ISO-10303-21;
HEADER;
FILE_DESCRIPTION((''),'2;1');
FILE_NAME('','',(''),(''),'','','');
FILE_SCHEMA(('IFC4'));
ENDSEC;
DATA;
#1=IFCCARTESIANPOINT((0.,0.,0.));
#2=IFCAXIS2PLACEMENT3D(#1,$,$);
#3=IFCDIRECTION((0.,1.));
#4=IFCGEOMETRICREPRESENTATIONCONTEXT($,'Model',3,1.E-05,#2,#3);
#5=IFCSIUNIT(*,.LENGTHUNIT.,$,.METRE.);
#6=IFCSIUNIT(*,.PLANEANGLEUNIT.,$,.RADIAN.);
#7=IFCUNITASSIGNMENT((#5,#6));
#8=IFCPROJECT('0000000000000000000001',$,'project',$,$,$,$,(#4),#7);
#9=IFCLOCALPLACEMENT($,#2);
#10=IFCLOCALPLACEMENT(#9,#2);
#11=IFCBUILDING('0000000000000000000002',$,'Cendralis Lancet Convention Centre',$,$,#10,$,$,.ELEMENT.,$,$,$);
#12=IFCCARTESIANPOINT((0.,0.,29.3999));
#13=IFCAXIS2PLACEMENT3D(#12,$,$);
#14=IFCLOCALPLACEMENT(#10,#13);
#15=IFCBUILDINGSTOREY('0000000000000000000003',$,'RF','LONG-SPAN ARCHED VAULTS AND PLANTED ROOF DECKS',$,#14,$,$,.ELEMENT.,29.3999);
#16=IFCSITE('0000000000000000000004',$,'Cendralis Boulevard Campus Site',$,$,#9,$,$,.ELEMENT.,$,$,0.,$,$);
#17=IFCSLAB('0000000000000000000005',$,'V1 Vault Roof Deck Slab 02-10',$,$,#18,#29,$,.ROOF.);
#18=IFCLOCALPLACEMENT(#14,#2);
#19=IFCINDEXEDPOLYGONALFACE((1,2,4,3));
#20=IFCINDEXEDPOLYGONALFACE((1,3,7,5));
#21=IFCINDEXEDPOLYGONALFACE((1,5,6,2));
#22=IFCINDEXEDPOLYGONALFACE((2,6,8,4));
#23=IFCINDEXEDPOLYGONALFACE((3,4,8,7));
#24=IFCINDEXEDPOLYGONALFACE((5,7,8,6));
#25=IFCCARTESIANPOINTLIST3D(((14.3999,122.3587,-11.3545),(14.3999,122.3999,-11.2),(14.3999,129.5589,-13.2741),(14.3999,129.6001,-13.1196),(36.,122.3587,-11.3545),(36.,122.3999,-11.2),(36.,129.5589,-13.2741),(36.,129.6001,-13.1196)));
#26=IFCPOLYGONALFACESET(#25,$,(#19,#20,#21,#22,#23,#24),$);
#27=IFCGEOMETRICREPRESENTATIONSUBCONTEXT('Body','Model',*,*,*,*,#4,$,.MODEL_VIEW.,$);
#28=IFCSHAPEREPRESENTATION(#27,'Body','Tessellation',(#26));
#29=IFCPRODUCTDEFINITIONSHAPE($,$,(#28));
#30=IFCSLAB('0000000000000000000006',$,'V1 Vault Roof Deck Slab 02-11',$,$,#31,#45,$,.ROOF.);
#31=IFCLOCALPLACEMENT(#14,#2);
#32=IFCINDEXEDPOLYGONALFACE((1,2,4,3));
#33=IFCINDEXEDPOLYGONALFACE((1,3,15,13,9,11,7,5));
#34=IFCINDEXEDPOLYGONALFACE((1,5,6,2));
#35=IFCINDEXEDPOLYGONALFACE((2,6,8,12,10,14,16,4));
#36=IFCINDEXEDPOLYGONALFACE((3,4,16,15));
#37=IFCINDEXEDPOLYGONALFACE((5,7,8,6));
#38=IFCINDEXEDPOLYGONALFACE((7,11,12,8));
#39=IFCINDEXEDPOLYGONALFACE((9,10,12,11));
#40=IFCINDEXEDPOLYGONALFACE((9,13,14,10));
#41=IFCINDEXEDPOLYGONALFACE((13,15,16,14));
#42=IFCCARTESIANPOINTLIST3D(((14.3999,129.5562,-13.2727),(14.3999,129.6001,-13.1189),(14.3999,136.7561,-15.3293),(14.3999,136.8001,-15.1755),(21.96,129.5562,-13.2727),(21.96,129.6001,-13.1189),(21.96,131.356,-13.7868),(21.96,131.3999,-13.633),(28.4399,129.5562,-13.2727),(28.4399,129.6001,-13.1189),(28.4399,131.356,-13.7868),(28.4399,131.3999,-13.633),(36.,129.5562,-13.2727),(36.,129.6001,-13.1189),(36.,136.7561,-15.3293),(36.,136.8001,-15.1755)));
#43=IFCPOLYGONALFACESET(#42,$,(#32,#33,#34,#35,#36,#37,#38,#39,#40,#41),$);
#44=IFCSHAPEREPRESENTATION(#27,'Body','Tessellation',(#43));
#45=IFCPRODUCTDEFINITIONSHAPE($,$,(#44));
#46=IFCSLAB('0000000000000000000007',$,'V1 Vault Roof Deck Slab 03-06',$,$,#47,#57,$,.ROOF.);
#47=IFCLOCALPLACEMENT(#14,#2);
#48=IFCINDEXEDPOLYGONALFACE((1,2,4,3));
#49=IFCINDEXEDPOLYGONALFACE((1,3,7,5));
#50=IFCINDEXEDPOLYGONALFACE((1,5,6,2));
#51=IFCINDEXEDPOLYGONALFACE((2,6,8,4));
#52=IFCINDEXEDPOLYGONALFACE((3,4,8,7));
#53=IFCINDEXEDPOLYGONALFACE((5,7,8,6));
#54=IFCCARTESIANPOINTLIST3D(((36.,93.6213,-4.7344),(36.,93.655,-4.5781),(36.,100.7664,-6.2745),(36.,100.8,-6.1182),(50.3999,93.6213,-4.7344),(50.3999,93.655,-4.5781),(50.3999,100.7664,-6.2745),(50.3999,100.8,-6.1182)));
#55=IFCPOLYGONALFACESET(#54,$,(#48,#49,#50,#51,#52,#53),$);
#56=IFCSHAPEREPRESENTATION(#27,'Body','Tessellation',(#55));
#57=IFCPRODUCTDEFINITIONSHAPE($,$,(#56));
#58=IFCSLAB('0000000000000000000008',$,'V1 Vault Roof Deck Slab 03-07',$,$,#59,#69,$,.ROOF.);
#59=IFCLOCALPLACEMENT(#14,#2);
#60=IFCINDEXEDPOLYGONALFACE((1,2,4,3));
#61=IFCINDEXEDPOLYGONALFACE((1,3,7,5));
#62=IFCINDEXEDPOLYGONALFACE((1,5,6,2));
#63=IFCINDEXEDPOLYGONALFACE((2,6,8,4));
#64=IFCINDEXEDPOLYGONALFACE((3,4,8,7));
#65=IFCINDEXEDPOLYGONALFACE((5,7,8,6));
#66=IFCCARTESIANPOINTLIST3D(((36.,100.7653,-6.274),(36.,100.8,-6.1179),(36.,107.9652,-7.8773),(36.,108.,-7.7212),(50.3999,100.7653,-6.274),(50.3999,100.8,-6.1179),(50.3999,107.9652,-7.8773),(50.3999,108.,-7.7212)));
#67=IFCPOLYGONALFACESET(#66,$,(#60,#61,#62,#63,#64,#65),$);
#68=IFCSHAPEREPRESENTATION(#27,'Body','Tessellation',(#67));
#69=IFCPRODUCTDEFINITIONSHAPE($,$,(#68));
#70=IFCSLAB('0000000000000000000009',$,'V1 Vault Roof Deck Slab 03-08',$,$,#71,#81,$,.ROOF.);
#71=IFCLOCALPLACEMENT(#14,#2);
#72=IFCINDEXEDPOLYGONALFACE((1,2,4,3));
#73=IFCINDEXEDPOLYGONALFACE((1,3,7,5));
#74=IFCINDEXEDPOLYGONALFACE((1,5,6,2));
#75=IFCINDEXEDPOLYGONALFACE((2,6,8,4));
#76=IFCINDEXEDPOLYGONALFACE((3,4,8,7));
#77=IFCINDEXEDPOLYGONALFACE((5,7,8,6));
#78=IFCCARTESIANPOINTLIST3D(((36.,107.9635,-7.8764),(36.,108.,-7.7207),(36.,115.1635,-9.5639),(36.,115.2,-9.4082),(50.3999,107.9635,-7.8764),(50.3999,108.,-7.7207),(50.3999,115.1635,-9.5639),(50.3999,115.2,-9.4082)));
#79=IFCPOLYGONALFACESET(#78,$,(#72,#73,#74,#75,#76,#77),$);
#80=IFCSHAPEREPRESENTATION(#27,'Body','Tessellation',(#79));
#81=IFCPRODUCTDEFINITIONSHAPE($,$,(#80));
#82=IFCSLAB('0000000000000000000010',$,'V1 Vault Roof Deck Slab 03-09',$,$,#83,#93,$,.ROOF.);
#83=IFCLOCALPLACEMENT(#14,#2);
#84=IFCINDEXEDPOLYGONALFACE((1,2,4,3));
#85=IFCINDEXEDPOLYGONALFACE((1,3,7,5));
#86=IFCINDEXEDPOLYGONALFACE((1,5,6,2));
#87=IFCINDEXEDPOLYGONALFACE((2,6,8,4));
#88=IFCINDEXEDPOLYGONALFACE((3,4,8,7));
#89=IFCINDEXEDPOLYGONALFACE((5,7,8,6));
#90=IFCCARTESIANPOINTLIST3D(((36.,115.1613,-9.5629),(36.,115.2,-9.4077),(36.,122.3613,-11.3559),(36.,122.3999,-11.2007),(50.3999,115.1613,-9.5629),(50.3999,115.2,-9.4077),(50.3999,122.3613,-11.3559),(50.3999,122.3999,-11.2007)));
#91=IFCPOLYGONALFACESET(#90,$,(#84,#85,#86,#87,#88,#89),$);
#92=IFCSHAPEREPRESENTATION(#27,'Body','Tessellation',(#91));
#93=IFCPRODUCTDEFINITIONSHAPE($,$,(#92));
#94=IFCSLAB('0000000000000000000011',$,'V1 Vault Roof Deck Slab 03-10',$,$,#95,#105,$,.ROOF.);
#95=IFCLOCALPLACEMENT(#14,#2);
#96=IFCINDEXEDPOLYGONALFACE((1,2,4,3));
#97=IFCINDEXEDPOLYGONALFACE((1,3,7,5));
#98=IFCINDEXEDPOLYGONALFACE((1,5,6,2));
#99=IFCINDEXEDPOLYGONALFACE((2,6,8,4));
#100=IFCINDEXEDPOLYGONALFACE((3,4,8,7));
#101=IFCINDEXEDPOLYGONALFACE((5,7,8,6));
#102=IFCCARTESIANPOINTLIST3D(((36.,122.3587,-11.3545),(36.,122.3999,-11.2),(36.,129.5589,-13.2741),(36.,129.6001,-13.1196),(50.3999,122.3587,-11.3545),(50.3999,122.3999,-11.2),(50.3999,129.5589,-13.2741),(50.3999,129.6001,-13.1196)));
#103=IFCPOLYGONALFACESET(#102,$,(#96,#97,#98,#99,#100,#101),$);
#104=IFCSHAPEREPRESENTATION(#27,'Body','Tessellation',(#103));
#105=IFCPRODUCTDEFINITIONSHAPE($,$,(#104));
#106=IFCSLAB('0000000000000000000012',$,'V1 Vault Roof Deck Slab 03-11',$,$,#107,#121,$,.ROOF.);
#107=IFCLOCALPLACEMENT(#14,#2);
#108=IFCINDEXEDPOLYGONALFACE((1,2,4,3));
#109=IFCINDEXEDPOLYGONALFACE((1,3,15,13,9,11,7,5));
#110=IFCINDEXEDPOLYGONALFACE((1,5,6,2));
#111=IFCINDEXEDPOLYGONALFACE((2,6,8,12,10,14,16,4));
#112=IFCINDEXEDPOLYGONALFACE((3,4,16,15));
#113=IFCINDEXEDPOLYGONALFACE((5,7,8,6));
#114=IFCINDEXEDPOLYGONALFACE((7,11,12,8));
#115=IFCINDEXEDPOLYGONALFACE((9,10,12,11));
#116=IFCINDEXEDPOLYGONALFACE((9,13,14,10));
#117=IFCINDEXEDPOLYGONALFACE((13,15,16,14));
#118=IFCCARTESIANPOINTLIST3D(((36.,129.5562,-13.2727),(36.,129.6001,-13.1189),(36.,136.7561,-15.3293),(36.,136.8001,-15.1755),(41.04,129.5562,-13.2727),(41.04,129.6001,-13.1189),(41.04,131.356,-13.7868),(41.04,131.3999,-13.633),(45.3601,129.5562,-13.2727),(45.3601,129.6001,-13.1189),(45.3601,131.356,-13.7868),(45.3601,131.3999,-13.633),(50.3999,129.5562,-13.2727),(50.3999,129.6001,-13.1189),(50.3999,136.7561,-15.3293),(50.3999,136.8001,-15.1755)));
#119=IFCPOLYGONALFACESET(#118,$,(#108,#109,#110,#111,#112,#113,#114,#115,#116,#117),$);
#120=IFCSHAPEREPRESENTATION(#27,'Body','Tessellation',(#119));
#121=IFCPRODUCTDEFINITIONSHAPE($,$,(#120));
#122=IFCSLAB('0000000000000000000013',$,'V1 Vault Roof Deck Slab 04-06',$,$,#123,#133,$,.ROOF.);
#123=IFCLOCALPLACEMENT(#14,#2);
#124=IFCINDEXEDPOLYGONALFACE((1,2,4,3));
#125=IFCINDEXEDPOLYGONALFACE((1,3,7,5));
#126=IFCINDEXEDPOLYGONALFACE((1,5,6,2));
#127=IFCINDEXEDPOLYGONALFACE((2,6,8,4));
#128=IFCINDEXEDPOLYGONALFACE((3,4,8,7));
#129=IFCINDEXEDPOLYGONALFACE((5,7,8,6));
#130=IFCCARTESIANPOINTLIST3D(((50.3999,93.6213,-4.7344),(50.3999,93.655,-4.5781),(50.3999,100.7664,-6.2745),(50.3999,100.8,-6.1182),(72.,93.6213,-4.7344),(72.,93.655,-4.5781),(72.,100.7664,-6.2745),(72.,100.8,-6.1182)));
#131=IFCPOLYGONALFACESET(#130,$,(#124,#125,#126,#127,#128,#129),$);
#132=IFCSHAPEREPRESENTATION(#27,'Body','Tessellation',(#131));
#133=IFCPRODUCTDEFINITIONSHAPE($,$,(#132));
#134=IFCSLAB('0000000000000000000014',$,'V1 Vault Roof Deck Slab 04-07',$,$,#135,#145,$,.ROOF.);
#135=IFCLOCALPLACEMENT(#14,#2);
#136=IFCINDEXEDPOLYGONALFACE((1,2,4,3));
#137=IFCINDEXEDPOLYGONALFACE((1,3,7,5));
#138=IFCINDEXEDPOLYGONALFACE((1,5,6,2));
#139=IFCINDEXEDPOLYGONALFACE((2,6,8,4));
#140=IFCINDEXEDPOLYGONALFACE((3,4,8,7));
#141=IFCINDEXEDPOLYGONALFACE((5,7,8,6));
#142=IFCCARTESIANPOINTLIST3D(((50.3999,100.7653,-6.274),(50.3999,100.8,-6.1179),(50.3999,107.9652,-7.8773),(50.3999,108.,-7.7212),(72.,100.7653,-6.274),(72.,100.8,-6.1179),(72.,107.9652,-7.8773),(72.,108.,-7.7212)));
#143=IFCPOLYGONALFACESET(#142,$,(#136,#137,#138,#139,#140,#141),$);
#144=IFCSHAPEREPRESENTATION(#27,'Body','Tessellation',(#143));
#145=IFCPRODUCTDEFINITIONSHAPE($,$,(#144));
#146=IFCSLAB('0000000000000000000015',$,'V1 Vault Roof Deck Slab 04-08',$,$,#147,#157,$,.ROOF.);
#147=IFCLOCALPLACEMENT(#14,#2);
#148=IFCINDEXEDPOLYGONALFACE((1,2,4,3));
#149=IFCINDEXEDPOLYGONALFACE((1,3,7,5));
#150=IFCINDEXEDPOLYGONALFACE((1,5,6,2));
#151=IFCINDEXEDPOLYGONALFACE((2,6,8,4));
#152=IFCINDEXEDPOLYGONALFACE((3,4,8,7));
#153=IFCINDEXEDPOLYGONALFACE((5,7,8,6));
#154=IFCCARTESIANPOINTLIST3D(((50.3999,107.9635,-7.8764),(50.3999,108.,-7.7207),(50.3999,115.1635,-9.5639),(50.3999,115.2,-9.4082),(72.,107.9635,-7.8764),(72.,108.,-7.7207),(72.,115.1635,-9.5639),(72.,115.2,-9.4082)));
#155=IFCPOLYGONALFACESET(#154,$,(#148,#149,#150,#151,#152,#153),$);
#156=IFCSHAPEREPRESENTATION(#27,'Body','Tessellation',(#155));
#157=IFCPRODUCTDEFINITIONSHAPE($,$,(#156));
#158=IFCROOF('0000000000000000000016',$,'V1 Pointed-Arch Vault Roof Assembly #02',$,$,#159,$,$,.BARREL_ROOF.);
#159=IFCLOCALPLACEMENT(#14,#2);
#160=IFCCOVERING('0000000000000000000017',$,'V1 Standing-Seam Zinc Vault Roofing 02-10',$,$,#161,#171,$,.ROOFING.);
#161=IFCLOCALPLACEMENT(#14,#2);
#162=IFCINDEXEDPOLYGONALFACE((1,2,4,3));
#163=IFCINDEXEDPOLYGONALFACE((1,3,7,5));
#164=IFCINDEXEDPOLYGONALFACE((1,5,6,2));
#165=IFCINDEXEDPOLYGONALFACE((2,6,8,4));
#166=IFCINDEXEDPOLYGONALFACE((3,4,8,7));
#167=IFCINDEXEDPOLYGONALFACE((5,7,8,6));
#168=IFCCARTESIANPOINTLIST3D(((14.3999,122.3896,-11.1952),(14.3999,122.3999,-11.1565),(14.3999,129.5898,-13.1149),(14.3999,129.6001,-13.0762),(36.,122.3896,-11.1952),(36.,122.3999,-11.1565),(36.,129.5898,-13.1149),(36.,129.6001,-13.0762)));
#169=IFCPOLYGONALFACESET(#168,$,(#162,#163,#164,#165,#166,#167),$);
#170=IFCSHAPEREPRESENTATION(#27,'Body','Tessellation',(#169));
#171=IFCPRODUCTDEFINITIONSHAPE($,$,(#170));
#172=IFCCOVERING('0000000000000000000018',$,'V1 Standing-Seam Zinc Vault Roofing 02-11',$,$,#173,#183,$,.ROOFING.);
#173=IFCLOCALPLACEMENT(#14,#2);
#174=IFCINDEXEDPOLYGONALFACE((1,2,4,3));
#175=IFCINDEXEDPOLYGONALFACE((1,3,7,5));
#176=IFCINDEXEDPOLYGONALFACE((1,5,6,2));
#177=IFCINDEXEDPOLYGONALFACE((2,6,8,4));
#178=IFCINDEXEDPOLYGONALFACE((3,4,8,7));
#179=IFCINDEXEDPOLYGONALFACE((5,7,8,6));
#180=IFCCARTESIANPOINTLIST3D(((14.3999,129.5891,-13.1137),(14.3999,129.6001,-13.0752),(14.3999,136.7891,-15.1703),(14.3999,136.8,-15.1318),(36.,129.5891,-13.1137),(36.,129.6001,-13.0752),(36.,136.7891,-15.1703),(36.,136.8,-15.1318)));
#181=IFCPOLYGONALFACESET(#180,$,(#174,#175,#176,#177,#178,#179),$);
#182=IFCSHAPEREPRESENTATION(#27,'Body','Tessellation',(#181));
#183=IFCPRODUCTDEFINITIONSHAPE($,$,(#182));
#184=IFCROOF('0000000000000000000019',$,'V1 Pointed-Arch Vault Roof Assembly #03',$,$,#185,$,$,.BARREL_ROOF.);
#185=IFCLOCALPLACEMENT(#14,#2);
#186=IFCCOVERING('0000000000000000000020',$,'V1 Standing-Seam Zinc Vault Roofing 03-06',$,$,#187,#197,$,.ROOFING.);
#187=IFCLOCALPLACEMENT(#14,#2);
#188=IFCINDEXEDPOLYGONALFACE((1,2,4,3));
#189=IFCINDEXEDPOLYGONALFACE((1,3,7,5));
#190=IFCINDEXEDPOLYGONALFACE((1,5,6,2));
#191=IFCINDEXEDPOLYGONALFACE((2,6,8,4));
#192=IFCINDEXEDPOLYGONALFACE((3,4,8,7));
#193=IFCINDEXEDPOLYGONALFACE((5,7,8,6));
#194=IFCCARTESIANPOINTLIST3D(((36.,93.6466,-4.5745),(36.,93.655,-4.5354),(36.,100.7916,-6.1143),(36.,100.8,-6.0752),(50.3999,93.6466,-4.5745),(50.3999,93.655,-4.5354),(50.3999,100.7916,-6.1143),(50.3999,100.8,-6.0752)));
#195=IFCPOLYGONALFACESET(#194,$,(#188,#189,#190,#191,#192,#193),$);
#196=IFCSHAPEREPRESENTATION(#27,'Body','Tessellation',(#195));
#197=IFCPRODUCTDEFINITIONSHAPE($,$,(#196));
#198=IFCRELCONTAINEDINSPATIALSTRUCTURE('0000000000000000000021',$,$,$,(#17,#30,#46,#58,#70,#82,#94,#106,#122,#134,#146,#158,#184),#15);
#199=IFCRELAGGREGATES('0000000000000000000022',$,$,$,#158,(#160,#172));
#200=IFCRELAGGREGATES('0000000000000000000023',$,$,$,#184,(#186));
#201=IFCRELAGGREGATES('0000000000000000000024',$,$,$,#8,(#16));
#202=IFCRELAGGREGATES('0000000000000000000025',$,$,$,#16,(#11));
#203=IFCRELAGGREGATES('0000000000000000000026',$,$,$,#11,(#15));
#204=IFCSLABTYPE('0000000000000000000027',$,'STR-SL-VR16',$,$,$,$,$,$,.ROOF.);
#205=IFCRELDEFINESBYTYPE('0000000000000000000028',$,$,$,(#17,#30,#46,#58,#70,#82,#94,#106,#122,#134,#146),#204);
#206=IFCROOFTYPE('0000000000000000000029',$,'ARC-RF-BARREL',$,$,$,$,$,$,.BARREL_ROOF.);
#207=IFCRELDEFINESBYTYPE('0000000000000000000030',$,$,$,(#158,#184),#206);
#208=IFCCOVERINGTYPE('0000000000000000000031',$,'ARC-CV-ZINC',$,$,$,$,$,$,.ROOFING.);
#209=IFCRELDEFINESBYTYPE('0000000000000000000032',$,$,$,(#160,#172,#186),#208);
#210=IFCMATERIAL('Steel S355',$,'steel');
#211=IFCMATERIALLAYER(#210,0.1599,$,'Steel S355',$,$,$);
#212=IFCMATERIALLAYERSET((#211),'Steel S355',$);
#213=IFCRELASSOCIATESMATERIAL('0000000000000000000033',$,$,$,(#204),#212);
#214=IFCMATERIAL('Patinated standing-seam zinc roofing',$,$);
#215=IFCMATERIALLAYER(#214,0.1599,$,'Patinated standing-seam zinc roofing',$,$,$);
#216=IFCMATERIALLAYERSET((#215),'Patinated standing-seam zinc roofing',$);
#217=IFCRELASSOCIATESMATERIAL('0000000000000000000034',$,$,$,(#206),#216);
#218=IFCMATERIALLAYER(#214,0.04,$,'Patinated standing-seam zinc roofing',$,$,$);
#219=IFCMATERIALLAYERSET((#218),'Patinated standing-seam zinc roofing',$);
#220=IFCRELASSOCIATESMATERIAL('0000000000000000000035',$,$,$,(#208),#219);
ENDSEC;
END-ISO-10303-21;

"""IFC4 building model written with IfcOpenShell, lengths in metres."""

from ifc_helpers import new_model, si_unit, direction, frame, origin, place, context, subcontext, project, spatial, polyline, outline, extrude, material, layer, layer_set, type_object, element, aggregate, save


model = new_model("IFC4")

# Units and contexts
model_context = context("Model", 3, precision=1e-05, world=origin(), true_north=direction((0.0, 1.0)))
body_context = subcontext(model_context, "Body", "Model", "MODEL_VIEW")
ifc_project = project(units=[si_unit("LENGTHUNIT", "METRE"), si_unit("PLANEANGLEUNIT", "RADIAN")], contexts=[model_context])

# Site, building, storey
site_placement = place(None, origin())
site = spatial("IfcSite", under=ifc_project, at=site_placement, Name="Cendralis Boulevard Campus Site", CompositionType="ELEMENT", RefElevation=0.0)
building_placement = place(site_placement, origin())
building = spatial("IfcBuilding", under=site, at=building_placement, Name="Cendralis Lancet Convention Centre", CompositionType="ELEMENT")
storey_placement = place(building_placement, frame((0.0, 0.0, 29.3999)))
storey = spatial("IfcBuildingStorey", under=building, at=storey_placement, Name="RF", Description="LONG-SPAN ARCHED VAULTS AND PLANTED ROOF DECKS", CompositionType="ELEMENT", Elevation=29.3999)

# Slabs
ifc_material_1 = material(Name="Steel S355", Category="steel")
ifc_layer_1 = layer(ifc_material_1, 0.1599, Name="Steel S355")
ifc_layer_set_1 = layer_set([ifc_layer_1], Name="Steel S355")
slab_type = type_object("IfcSlabType", Name="STR-SL-VR16", PredefinedType="ROOF", material=ifc_layer_set_1)
slab_1_placement = place(storey_placement, frame((14.3999, 122.3999, -11.2), z_axis=(0.0, 0.257616, 0.966247), x_axis=(1.0, 0.0, 0.0)))
element("IfcSlab", 1, at=slab_1_placement, inside=storey, type_object=slab_type, Name="V1 Vault Roof Deck Slab 02-10", PredefinedType="ROOF", context=body_context, shape_type="SweptSolid", body=[
    extrude(outline(polyline([(0.0, 0.0), (21.6001, 0.0), (21.6001, 7.4517), (0.0, 7.4517), (0.0, 0.0)])), origin(), (0.0, 0.0, -1.0), 0.1599),
])
slab_2_placement = place(storey_placement, frame((14.3999, 129.6001, -13.1189), z_axis=(0.0, 0.274659, 0.961542), x_axis=(1.0, 0.0, 0.0)))
element("IfcSlab", 2, at=slab_2_placement, inside=storey, type_object=slab_type, Name="V1 Vault Roof Deck Slab 02-11", PredefinedType="ROOF", context=body_context, shape_type="SweptSolid", body=[
    extrude(outline(polyline([(0.0, 0.0), (7.5601, 0.0), (7.5601, 1.8718), (14.04, 1.8718), (14.04, 0.0), (21.6001, 0.0), (21.6001, 7.4879), (0.0, 7.4879), (0.0, 0.0)])), origin(), (0.0, 0.0, -1.0), 0.1599),
])
slab_3_placement = place(storey_placement, frame((36.0, 93.655, -4.5781), z_axis=(0.0, 0.210701, 0.97755), x_axis=(1.0, 0.0, 0.0)))
element("IfcSlab", 3, at=slab_3_placement, inside=storey, type_object=slab_type, Name="V1 Vault Roof Deck Slab 03-06", PredefinedType="ROOF", context=body_context, shape_type="SweptSolid", body=[
    extrude(outline(polyline([(0.0, 0.0), (14.3999, 0.0), (14.3999, 7.3091), (0.0, 7.3091), (0.0, 0.0)])), origin(), (0.0, 0.0, -1.0), 0.1599),
])
slab_4_placement = place(storey_placement, frame((36.0, 100.8, -6.1179), z_axis=(0.0, 0.217354, 0.976093), x_axis=(1.0, 0.0, 0.0)))
element("IfcSlab", 4, at=slab_4_placement, inside=storey, type_object=slab_type, Name="V1 Vault Roof Deck Slab 03-07", PredefinedType="ROOF", context=body_context, shape_type="SweptSolid", body=[
    extrude(outline(polyline([(0.0, 0.0), (14.3999, 0.0), (14.3999, 7.3763), (0.0, 7.3763), (0.0, 0.0)])), origin(), (0.0, 0.0, -1.0), 0.1599),
])
slab_5_placement = place(storey_placement, frame((36.0, 108.0, -7.7207), z_axis=(0.0, 0.228193, 0.973616), x_axis=(1.0, 0.0, 0.0)))
element("IfcSlab", 5, at=slab_5_placement, inside=storey, type_object=slab_type, Name="V1 Vault Roof Deck Slab 03-08", PredefinedType="ROOF", context=body_context, shape_type="SweptSolid", body=[
    extrude(outline(polyline([(0.0, 0.0), (14.3999, 0.0), (14.3999, 7.3951), (0.0, 7.3951), (0.0, 0.0)])), origin(), (0.0, 0.0, -1.0), 0.1599),
])
slab_6_placement = place(storey_placement, frame((36.0, 115.2, -9.4077), z_axis=(0.0, 0.241645, 0.970365), x_axis=(1.0, 0.0, 0.0)))
element("IfcSlab", 6, at=slab_6_placement, inside=storey, type_object=slab_type, Name="V1 Vault Roof Deck Slab 03-09", PredefinedType="ROOF", context=body_context, shape_type="SweptSolid", body=[
    extrude(outline(polyline([(0.0, 0.0), (14.3999, 0.0), (14.3999, 7.4198), (0.0, 7.4198), (0.0, 0.0)])), origin(), (0.0, 0.0, -1.0), 0.1599),
])
slab_7_placement = place(storey_placement, frame((36.0, 122.3999, -11.2), z_axis=(0.0, 0.257616, 0.966247), x_axis=(1.0, 0.0, 0.0)))
element("IfcSlab", 7, at=slab_7_placement, inside=storey, type_object=slab_type, Name="V1 Vault Roof Deck Slab 03-10", PredefinedType="ROOF", context=body_context, shape_type="SweptSolid", body=[
    extrude(outline(polyline([(0.0, 0.0), (14.3999, 0.0), (14.3999, 7.4517), (0.0, 7.4517), (0.0, 0.0)])), origin(), (0.0, 0.0, -1.0), 0.1599),
])
slab_8_placement = place(storey_placement, frame((36.0, 129.6001, -13.1189), z_axis=(0.0, 0.274659, 0.961542), x_axis=(1.0, 0.0, 0.0)))
element("IfcSlab", 8, at=slab_8_placement, inside=storey, type_object=slab_type, Name="V1 Vault Roof Deck Slab 03-11", PredefinedType="ROOF", context=body_context, shape_type="SweptSolid", body=[
    extrude(outline(polyline([(0.0, 0.0), (5.04, 0.0), (5.04, 1.8718), (9.3601, 1.8718), (9.3601, 0.0), (14.3999, 0.0), (14.3999, 7.4879), (0.0, 7.4879), (0.0, 0.0)])), origin(), (0.0, 0.0, -1.0), 0.1599),
])
slab_9_placement = place(storey_placement, frame((50.3999, 93.655, -4.5781), z_axis=(0.0, 0.210701, 0.97755), x_axis=(1.0, 0.0, 0.0)))
element("IfcSlab", 9, at=slab_9_placement, inside=storey, type_object=slab_type, Name="V1 Vault Roof Deck Slab 04-06", PredefinedType="ROOF", context=body_context, shape_type="SweptSolid", body=[
    extrude(outline(polyline([(0.0, 0.0), (21.6001, 0.0), (21.6001, 7.3091), (0.0, 7.3091), (0.0, 0.0)])), origin(), (0.0, 0.0, -1.0), 0.1599),
])
slab_10_placement = place(storey_placement, frame((50.3999, 100.8, -6.1179), z_axis=(0.0, 0.217354, 0.976093), x_axis=(1.0, 0.0, 0.0)))
element("IfcSlab", 10, at=slab_10_placement, inside=storey, type_object=slab_type, Name="V1 Vault Roof Deck Slab 04-07", PredefinedType="ROOF", context=body_context, shape_type="SweptSolid", body=[
    extrude(outline(polyline([(0.0, 0.0), (21.6001, 0.0), (21.6001, 7.3763), (0.0, 7.3763), (0.0, 0.0)])), origin(), (0.0, 0.0, -1.0), 0.1599),
])
slab_11_placement = place(storey_placement, frame((50.3999, 108.0, -7.7207), z_axis=(0.0, 0.228193, 0.973616), x_axis=(1.0, 0.0, 0.0)))
element("IfcSlab", 11, at=slab_11_placement, inside=storey, type_object=slab_type, Name="V1 Vault Roof Deck Slab 04-08", PredefinedType="ROOF", context=body_context, shape_type="SweptSolid", body=[
    extrude(outline(polyline([(0.0, 0.0), (21.6001, 0.0), (21.6001, 7.3951), (0.0, 7.3951), (0.0, 0.0)])), origin(), (0.0, 0.0, -1.0), 0.1599),
])

# Roofs, coverings
ifc_material_2 = material(Name="Patinated standing-seam zinc roofing")
ifc_layer_2 = layer(ifc_material_2, 0.1599, Name="Patinated standing-seam zinc roofing")
ifc_layer_set_2 = layer_set([ifc_layer_2], Name="Patinated standing-seam zinc roofing")
roof_type = type_object("IfcRoofType", Name="ARC-RF-BARREL", PredefinedType="BARREL_ROOF", material=ifc_layer_set_2)
roof_1_placement = place(storey_placement, origin())
roof_1 = element("IfcRoof", 12, at=roof_1_placement, inside=storey, type_object=roof_type, Name="V1 Pointed-Arch Vault Roof Assembly #02", PredefinedType="BARREL_ROOF")
ifc_layer_3 = layer(ifc_material_2, 0.04, Name="Patinated standing-seam zinc roofing")
ifc_layer_set_3 = layer_set([ifc_layer_3], Name="Patinated standing-seam zinc roofing")
covering_type = type_object("IfcCoveringType", Name="ARC-CV-ZINC", PredefinedType="ROOFING", material=ifc_layer_set_3)
covering_1_placement = place(storey_placement, frame((14.3999, 122.3999, -11.1565), z_axis=(0.0, 0.257616, 0.966247), x_axis=(1.0, 0.0, 0.0)))
covering_1 = element("IfcCovering", 13, at=covering_1_placement, type_object=covering_type, Name="V1 Standing-Seam Zinc Vault Roofing 02-10", PredefinedType="ROOFING", context=body_context, shape_type="SweptSolid", body=[
    extrude(outline(polyline([(0.0, 0.0), (21.6001, 0.0), (21.6001, 7.4517), (0.0, 7.4517), (0.0, 0.0)])), origin(), (0.0, 0.0, -1.0), 0.04),
])
covering_2_placement = place(storey_placement, frame((14.3999, 129.6001, -13.0752), z_axis=(0.0, 0.274661, 0.961541), x_axis=(1.0, 0.0, 0.0)))
covering_2 = element("IfcCovering", 14, at=covering_2_placement, type_object=covering_type, Name="V1 Standing-Seam Zinc Vault Roofing 02-11", PredefinedType="ROOFING", context=body_context, shape_type="SweptSolid", body=[
    extrude(outline(polyline([(0.0, 0.0), (21.6001, 0.0), (21.6001, 7.4879), (0.0, 7.4879), (0.0, 0.0)])), origin(), (0.0, 0.0, -1.0), 0.04),
])
aggregate(roof_1, [covering_1, covering_2])
roof_2_placement = place(storey_placement, origin())
roof_2 = element("IfcRoof", 15, at=roof_2_placement, inside=storey, type_object=roof_type, Name="V1 Pointed-Arch Vault Roof Assembly #03", PredefinedType="BARREL_ROOF")
covering_3_placement = place(storey_placement, frame((36.0, 93.655, -4.5354), z_axis=(0.0, 0.21067, 0.977557), x_axis=(1.0, 0.0, 0.0)))
covering_3 = element("IfcCovering", 16, at=covering_3_placement, type_object=covering_type, Name="V1 Standing-Seam Zinc Vault Roofing 03-06", PredefinedType="ROOFING", context=body_context, shape_type="SweptSolid", body=[
    extrude(outline(polyline([(0.0, 0.0), (14.3999, 0.0), (14.3999, 7.3091), (0.0, 7.3091), (0.0, 0.0)])), origin(), (0.0, 0.0, -1.0), 0.04),
])
aggregate(roof_2, [covering_3])

save(model, "model.ifc")
